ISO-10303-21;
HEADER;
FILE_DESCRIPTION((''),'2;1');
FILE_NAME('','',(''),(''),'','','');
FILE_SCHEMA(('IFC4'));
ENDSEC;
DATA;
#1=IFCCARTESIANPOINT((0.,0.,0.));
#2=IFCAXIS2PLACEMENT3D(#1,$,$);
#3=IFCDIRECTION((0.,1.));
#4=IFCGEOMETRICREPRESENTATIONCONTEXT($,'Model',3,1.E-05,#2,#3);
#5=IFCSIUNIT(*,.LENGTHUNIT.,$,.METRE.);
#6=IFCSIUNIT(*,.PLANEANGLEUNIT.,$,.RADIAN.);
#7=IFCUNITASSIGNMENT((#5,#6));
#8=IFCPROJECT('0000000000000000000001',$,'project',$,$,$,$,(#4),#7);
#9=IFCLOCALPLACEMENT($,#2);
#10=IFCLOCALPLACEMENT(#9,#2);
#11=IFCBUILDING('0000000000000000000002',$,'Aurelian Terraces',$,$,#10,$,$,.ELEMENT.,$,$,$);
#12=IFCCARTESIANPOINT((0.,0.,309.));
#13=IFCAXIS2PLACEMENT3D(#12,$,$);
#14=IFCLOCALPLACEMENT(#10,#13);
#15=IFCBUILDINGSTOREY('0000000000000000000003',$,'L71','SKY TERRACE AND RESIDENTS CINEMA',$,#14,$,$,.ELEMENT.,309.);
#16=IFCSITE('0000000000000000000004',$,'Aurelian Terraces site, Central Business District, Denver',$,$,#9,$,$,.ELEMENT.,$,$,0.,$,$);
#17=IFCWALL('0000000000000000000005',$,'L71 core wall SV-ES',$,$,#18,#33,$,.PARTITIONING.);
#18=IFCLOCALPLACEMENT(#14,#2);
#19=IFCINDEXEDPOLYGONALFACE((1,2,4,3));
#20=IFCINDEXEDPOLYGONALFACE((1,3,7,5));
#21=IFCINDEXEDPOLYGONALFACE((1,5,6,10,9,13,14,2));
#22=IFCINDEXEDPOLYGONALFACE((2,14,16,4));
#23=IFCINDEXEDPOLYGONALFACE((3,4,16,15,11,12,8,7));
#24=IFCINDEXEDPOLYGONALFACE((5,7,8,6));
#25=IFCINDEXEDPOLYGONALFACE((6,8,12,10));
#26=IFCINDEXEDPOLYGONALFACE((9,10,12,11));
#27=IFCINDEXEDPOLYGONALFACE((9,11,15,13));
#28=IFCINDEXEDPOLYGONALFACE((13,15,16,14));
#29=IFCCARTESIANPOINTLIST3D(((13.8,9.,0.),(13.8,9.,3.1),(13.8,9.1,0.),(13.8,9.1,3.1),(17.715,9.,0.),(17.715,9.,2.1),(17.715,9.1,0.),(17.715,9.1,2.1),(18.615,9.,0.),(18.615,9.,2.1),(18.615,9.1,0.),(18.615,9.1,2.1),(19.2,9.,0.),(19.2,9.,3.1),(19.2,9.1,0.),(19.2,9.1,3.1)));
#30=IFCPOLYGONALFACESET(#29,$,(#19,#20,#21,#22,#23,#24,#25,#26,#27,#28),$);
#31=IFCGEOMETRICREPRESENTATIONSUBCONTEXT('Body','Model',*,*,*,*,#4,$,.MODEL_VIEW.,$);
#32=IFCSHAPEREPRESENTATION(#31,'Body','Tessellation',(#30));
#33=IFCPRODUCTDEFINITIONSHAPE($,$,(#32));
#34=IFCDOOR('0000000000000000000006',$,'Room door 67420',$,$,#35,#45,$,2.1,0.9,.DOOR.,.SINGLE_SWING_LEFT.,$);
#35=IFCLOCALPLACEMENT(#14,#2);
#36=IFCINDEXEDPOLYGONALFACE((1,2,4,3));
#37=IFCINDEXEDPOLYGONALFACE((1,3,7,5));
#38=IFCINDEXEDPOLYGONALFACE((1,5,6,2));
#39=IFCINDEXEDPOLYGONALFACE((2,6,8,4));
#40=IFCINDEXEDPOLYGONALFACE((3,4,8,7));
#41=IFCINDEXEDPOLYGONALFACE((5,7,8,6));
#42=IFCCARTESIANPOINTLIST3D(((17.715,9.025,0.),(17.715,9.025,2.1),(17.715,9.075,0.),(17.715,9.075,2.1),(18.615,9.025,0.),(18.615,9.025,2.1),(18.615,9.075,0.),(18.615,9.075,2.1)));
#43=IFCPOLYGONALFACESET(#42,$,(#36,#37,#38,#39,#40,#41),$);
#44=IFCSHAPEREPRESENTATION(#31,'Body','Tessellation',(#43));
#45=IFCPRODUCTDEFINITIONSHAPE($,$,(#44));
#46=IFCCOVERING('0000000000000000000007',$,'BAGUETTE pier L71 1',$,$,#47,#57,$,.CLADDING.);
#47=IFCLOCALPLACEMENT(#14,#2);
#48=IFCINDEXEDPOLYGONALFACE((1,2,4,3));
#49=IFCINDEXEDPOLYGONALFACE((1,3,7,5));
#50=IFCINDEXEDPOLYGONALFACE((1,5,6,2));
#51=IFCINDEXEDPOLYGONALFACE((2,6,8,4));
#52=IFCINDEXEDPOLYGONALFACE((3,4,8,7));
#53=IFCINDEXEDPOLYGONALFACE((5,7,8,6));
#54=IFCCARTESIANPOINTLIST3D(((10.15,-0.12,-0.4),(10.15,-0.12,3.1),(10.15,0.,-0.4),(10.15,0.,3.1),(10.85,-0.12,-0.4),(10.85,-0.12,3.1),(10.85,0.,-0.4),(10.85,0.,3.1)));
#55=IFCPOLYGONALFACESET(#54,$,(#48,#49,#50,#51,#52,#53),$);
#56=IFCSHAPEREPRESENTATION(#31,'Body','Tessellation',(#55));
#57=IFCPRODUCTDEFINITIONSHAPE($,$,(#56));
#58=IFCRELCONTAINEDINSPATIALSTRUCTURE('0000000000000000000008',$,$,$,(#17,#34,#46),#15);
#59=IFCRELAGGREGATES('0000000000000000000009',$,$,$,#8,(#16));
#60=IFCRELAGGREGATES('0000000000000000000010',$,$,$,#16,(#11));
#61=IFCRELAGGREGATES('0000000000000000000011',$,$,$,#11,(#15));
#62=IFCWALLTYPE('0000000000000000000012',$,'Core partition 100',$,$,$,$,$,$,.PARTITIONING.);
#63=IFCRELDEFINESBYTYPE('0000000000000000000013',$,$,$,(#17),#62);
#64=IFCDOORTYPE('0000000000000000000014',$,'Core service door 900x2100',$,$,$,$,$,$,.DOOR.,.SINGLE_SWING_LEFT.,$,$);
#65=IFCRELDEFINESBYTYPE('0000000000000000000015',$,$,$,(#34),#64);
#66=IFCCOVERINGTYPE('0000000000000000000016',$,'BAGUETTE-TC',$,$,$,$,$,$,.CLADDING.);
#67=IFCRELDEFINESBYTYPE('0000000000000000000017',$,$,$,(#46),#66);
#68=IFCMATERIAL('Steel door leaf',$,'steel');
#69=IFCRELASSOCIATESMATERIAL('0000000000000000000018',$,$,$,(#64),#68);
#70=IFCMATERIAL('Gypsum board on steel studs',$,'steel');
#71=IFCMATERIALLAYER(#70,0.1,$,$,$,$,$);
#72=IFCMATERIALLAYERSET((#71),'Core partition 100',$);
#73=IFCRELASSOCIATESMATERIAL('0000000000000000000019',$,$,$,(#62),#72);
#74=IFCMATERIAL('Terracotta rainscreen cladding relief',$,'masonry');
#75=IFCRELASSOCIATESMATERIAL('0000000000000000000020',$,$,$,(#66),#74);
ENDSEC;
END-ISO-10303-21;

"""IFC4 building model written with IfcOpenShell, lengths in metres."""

from ifc_helpers import new_model, si_unit, direction, frame, frame_2d, origin, origin_2d, place, context, subcontext, project, spatial, rectangle, extrude, source, transform, mapped, material, layer, layer_set, type_object, element, fill, save


model = new_model("IFC4")

# Units and contexts
model_context = context("Model", 3, precision=1e-05, world=origin(), true_north=direction((0.0, 1.0)))
body_context = subcontext(model_context, "Body", "Model", "MODEL_VIEW")
ifc_project = project(units=[si_unit("LENGTHUNIT", "METRE"), si_unit("PLANEANGLEUNIT", "RADIAN")], contexts=[model_context])

# Site, building, storey
site_placement = place(None, origin())
site = spatial("IfcSite", under=ifc_project, at=site_placement, Name="Aurelian Terraces site, Central Business District, Denver", CompositionType="ELEMENT", RefElevation=0.0)
building_placement = place(site_placement, origin())
building = spatial("IfcBuilding", under=site, at=building_placement, Name="Aurelian Terraces", CompositionType="ELEMENT")
storey_placement = place(building_placement, frame((0.0, 0.0, 309.0)))
storey = spatial("IfcBuildingStorey", under=building, at=storey_placement, Name="L71", Description="SKY TERRACE AND RESIDENTS CINEMA", CompositionType="ELEMENT", Elevation=309.0)

# Shared definitions
ifc_material_1 = material(Name="Steel door leaf", Category="steel")
shared_shape_1 = source(origin(), body_context, "Body", "SweptSolid", [
    extrude(rectangle(XDim=0.9, YDim=2.1, at=frame_2d((0.45, 1.05))), frame((0.0, 0.025, 0.0), z_axis=(0.0, -1.0, 0.0), x_axis=(1.0, 0.0, 0.0)), (0.0, 0.0, 1.0), 0.05),
])

# Wall, opening, door
door_type_1 = type_object("IfcDoorType", Name="Core service door 900x2100", OperationType="SINGLE_SWING_LEFT", PredefinedType="DOOR", material=ifc_material_1)
ifc_material_2 = material(Name="Gypsum board on steel studs", Category="steel")
ifc_layer_1 = layer(ifc_material_2, 0.1)
ifc_layer_set_1 = layer_set([ifc_layer_1], Name="Core partition 100")
wall_type_1 = type_object("IfcWallType", Name="Core partition 100", PredefinedType="PARTITIONING", material=ifc_layer_set_1)
shared_shape_2 = source(origin(), body_context, "Body", "SweptSolid", [
    extrude(rectangle(XDim=5.4, YDim=0.1, at=frame_2d((2.7, 0.0))), origin(), (0.0, 0.0, 1.0), 3.1),
])
wall_1_placement = place(storey_placement, frame((13.8, 9.05, 0.0), z_axis=(0.0, 0.0, 1.0), x_axis=(1.0, 0.0, 0.0)))
wall_1 = element("IfcWall", 1, at=wall_1_placement, inside=storey, type_object=wall_type_1, Name="L71 core wall SV-ES", PredefinedType="PARTITIONING", context=body_context, shape_type="MappedRepresentation", body=[
    mapped(shared_shape_2, transform((0.0, 0.0, 0.0), scale=1.0)),
])
shared_shape_3 = source(origin(), body_context, "Body", "SweptSolid", [
    extrude(rectangle(XDim=0.9, YDim=2.1, at=frame_2d((0.45, 1.05))), frame((0.0, 0.06, 0.0), z_axis=(0.0, -1.0, 0.0), x_axis=(1.0, 0.0, 0.0)), (0.0, 0.0, 1.0), 0.12),
])
opening_1_placement = place(wall_1_placement, frame((3.915, 0.0, 0.0)))
opening_1 = element("IfcOpeningElement", 2, at=opening_1_placement, cuts=wall_1, PredefinedType="OPENING", context=body_context, shape_type="MappedRepresentation", body=[
    mapped(shared_shape_3, transform((0.0, 0.0, 0.0), scale=1.0)),
])
door_1_placement = place(opening_1_placement, origin())
door_1 = element("IfcDoor", 3, at=door_1_placement, inside=storey, type_object=door_type_1, Name="Room door 67420", OperationType="SINGLE_SWING_LEFT", OverallHeight=2.1, OverallWidth=0.9, PredefinedType="DOOR", context=body_context, shape_type="MappedRepresentation", body=[
    mapped(shared_shape_1, transform((0.0, 0.0, 0.0), scale=1.0)),
])
fill(opening_1, door_1)

# Covering
ifc_material_3 = material(Name="Terracotta rainscreen cladding relief", Category="masonry")
covering_type = type_object("IfcCoveringType", Name="BAGUETTE-TC", PredefinedType="CLADDING", material=ifc_material_3)
shared_shape_4 = source(origin(), body_context, "Body", "SweptSolid", [
    extrude(rectangle(XDim=0.7, YDim=0.12, at=origin_2d()), origin(), (0.0, 0.0, 1.0), 3.5),
])
covering_placement = place(storey_placement, frame((10.5, -0.06, -0.4), z_axis=(0.0, 0.0, 1.0), x_axis=(1.0, 0.0, 0.0)))
element("IfcCovering", 4, at=covering_placement, inside=storey, type_object=covering_type, Name="BAGUETTE pier L71 1", PredefinedType="CLADDING", context=body_context, shape_type="MappedRepresentation", body=[
    mapped(shared_shape_4, transform((0.0, 0.0, 0.0), scale=1.0)),
])

save(model, "model.ifc")
